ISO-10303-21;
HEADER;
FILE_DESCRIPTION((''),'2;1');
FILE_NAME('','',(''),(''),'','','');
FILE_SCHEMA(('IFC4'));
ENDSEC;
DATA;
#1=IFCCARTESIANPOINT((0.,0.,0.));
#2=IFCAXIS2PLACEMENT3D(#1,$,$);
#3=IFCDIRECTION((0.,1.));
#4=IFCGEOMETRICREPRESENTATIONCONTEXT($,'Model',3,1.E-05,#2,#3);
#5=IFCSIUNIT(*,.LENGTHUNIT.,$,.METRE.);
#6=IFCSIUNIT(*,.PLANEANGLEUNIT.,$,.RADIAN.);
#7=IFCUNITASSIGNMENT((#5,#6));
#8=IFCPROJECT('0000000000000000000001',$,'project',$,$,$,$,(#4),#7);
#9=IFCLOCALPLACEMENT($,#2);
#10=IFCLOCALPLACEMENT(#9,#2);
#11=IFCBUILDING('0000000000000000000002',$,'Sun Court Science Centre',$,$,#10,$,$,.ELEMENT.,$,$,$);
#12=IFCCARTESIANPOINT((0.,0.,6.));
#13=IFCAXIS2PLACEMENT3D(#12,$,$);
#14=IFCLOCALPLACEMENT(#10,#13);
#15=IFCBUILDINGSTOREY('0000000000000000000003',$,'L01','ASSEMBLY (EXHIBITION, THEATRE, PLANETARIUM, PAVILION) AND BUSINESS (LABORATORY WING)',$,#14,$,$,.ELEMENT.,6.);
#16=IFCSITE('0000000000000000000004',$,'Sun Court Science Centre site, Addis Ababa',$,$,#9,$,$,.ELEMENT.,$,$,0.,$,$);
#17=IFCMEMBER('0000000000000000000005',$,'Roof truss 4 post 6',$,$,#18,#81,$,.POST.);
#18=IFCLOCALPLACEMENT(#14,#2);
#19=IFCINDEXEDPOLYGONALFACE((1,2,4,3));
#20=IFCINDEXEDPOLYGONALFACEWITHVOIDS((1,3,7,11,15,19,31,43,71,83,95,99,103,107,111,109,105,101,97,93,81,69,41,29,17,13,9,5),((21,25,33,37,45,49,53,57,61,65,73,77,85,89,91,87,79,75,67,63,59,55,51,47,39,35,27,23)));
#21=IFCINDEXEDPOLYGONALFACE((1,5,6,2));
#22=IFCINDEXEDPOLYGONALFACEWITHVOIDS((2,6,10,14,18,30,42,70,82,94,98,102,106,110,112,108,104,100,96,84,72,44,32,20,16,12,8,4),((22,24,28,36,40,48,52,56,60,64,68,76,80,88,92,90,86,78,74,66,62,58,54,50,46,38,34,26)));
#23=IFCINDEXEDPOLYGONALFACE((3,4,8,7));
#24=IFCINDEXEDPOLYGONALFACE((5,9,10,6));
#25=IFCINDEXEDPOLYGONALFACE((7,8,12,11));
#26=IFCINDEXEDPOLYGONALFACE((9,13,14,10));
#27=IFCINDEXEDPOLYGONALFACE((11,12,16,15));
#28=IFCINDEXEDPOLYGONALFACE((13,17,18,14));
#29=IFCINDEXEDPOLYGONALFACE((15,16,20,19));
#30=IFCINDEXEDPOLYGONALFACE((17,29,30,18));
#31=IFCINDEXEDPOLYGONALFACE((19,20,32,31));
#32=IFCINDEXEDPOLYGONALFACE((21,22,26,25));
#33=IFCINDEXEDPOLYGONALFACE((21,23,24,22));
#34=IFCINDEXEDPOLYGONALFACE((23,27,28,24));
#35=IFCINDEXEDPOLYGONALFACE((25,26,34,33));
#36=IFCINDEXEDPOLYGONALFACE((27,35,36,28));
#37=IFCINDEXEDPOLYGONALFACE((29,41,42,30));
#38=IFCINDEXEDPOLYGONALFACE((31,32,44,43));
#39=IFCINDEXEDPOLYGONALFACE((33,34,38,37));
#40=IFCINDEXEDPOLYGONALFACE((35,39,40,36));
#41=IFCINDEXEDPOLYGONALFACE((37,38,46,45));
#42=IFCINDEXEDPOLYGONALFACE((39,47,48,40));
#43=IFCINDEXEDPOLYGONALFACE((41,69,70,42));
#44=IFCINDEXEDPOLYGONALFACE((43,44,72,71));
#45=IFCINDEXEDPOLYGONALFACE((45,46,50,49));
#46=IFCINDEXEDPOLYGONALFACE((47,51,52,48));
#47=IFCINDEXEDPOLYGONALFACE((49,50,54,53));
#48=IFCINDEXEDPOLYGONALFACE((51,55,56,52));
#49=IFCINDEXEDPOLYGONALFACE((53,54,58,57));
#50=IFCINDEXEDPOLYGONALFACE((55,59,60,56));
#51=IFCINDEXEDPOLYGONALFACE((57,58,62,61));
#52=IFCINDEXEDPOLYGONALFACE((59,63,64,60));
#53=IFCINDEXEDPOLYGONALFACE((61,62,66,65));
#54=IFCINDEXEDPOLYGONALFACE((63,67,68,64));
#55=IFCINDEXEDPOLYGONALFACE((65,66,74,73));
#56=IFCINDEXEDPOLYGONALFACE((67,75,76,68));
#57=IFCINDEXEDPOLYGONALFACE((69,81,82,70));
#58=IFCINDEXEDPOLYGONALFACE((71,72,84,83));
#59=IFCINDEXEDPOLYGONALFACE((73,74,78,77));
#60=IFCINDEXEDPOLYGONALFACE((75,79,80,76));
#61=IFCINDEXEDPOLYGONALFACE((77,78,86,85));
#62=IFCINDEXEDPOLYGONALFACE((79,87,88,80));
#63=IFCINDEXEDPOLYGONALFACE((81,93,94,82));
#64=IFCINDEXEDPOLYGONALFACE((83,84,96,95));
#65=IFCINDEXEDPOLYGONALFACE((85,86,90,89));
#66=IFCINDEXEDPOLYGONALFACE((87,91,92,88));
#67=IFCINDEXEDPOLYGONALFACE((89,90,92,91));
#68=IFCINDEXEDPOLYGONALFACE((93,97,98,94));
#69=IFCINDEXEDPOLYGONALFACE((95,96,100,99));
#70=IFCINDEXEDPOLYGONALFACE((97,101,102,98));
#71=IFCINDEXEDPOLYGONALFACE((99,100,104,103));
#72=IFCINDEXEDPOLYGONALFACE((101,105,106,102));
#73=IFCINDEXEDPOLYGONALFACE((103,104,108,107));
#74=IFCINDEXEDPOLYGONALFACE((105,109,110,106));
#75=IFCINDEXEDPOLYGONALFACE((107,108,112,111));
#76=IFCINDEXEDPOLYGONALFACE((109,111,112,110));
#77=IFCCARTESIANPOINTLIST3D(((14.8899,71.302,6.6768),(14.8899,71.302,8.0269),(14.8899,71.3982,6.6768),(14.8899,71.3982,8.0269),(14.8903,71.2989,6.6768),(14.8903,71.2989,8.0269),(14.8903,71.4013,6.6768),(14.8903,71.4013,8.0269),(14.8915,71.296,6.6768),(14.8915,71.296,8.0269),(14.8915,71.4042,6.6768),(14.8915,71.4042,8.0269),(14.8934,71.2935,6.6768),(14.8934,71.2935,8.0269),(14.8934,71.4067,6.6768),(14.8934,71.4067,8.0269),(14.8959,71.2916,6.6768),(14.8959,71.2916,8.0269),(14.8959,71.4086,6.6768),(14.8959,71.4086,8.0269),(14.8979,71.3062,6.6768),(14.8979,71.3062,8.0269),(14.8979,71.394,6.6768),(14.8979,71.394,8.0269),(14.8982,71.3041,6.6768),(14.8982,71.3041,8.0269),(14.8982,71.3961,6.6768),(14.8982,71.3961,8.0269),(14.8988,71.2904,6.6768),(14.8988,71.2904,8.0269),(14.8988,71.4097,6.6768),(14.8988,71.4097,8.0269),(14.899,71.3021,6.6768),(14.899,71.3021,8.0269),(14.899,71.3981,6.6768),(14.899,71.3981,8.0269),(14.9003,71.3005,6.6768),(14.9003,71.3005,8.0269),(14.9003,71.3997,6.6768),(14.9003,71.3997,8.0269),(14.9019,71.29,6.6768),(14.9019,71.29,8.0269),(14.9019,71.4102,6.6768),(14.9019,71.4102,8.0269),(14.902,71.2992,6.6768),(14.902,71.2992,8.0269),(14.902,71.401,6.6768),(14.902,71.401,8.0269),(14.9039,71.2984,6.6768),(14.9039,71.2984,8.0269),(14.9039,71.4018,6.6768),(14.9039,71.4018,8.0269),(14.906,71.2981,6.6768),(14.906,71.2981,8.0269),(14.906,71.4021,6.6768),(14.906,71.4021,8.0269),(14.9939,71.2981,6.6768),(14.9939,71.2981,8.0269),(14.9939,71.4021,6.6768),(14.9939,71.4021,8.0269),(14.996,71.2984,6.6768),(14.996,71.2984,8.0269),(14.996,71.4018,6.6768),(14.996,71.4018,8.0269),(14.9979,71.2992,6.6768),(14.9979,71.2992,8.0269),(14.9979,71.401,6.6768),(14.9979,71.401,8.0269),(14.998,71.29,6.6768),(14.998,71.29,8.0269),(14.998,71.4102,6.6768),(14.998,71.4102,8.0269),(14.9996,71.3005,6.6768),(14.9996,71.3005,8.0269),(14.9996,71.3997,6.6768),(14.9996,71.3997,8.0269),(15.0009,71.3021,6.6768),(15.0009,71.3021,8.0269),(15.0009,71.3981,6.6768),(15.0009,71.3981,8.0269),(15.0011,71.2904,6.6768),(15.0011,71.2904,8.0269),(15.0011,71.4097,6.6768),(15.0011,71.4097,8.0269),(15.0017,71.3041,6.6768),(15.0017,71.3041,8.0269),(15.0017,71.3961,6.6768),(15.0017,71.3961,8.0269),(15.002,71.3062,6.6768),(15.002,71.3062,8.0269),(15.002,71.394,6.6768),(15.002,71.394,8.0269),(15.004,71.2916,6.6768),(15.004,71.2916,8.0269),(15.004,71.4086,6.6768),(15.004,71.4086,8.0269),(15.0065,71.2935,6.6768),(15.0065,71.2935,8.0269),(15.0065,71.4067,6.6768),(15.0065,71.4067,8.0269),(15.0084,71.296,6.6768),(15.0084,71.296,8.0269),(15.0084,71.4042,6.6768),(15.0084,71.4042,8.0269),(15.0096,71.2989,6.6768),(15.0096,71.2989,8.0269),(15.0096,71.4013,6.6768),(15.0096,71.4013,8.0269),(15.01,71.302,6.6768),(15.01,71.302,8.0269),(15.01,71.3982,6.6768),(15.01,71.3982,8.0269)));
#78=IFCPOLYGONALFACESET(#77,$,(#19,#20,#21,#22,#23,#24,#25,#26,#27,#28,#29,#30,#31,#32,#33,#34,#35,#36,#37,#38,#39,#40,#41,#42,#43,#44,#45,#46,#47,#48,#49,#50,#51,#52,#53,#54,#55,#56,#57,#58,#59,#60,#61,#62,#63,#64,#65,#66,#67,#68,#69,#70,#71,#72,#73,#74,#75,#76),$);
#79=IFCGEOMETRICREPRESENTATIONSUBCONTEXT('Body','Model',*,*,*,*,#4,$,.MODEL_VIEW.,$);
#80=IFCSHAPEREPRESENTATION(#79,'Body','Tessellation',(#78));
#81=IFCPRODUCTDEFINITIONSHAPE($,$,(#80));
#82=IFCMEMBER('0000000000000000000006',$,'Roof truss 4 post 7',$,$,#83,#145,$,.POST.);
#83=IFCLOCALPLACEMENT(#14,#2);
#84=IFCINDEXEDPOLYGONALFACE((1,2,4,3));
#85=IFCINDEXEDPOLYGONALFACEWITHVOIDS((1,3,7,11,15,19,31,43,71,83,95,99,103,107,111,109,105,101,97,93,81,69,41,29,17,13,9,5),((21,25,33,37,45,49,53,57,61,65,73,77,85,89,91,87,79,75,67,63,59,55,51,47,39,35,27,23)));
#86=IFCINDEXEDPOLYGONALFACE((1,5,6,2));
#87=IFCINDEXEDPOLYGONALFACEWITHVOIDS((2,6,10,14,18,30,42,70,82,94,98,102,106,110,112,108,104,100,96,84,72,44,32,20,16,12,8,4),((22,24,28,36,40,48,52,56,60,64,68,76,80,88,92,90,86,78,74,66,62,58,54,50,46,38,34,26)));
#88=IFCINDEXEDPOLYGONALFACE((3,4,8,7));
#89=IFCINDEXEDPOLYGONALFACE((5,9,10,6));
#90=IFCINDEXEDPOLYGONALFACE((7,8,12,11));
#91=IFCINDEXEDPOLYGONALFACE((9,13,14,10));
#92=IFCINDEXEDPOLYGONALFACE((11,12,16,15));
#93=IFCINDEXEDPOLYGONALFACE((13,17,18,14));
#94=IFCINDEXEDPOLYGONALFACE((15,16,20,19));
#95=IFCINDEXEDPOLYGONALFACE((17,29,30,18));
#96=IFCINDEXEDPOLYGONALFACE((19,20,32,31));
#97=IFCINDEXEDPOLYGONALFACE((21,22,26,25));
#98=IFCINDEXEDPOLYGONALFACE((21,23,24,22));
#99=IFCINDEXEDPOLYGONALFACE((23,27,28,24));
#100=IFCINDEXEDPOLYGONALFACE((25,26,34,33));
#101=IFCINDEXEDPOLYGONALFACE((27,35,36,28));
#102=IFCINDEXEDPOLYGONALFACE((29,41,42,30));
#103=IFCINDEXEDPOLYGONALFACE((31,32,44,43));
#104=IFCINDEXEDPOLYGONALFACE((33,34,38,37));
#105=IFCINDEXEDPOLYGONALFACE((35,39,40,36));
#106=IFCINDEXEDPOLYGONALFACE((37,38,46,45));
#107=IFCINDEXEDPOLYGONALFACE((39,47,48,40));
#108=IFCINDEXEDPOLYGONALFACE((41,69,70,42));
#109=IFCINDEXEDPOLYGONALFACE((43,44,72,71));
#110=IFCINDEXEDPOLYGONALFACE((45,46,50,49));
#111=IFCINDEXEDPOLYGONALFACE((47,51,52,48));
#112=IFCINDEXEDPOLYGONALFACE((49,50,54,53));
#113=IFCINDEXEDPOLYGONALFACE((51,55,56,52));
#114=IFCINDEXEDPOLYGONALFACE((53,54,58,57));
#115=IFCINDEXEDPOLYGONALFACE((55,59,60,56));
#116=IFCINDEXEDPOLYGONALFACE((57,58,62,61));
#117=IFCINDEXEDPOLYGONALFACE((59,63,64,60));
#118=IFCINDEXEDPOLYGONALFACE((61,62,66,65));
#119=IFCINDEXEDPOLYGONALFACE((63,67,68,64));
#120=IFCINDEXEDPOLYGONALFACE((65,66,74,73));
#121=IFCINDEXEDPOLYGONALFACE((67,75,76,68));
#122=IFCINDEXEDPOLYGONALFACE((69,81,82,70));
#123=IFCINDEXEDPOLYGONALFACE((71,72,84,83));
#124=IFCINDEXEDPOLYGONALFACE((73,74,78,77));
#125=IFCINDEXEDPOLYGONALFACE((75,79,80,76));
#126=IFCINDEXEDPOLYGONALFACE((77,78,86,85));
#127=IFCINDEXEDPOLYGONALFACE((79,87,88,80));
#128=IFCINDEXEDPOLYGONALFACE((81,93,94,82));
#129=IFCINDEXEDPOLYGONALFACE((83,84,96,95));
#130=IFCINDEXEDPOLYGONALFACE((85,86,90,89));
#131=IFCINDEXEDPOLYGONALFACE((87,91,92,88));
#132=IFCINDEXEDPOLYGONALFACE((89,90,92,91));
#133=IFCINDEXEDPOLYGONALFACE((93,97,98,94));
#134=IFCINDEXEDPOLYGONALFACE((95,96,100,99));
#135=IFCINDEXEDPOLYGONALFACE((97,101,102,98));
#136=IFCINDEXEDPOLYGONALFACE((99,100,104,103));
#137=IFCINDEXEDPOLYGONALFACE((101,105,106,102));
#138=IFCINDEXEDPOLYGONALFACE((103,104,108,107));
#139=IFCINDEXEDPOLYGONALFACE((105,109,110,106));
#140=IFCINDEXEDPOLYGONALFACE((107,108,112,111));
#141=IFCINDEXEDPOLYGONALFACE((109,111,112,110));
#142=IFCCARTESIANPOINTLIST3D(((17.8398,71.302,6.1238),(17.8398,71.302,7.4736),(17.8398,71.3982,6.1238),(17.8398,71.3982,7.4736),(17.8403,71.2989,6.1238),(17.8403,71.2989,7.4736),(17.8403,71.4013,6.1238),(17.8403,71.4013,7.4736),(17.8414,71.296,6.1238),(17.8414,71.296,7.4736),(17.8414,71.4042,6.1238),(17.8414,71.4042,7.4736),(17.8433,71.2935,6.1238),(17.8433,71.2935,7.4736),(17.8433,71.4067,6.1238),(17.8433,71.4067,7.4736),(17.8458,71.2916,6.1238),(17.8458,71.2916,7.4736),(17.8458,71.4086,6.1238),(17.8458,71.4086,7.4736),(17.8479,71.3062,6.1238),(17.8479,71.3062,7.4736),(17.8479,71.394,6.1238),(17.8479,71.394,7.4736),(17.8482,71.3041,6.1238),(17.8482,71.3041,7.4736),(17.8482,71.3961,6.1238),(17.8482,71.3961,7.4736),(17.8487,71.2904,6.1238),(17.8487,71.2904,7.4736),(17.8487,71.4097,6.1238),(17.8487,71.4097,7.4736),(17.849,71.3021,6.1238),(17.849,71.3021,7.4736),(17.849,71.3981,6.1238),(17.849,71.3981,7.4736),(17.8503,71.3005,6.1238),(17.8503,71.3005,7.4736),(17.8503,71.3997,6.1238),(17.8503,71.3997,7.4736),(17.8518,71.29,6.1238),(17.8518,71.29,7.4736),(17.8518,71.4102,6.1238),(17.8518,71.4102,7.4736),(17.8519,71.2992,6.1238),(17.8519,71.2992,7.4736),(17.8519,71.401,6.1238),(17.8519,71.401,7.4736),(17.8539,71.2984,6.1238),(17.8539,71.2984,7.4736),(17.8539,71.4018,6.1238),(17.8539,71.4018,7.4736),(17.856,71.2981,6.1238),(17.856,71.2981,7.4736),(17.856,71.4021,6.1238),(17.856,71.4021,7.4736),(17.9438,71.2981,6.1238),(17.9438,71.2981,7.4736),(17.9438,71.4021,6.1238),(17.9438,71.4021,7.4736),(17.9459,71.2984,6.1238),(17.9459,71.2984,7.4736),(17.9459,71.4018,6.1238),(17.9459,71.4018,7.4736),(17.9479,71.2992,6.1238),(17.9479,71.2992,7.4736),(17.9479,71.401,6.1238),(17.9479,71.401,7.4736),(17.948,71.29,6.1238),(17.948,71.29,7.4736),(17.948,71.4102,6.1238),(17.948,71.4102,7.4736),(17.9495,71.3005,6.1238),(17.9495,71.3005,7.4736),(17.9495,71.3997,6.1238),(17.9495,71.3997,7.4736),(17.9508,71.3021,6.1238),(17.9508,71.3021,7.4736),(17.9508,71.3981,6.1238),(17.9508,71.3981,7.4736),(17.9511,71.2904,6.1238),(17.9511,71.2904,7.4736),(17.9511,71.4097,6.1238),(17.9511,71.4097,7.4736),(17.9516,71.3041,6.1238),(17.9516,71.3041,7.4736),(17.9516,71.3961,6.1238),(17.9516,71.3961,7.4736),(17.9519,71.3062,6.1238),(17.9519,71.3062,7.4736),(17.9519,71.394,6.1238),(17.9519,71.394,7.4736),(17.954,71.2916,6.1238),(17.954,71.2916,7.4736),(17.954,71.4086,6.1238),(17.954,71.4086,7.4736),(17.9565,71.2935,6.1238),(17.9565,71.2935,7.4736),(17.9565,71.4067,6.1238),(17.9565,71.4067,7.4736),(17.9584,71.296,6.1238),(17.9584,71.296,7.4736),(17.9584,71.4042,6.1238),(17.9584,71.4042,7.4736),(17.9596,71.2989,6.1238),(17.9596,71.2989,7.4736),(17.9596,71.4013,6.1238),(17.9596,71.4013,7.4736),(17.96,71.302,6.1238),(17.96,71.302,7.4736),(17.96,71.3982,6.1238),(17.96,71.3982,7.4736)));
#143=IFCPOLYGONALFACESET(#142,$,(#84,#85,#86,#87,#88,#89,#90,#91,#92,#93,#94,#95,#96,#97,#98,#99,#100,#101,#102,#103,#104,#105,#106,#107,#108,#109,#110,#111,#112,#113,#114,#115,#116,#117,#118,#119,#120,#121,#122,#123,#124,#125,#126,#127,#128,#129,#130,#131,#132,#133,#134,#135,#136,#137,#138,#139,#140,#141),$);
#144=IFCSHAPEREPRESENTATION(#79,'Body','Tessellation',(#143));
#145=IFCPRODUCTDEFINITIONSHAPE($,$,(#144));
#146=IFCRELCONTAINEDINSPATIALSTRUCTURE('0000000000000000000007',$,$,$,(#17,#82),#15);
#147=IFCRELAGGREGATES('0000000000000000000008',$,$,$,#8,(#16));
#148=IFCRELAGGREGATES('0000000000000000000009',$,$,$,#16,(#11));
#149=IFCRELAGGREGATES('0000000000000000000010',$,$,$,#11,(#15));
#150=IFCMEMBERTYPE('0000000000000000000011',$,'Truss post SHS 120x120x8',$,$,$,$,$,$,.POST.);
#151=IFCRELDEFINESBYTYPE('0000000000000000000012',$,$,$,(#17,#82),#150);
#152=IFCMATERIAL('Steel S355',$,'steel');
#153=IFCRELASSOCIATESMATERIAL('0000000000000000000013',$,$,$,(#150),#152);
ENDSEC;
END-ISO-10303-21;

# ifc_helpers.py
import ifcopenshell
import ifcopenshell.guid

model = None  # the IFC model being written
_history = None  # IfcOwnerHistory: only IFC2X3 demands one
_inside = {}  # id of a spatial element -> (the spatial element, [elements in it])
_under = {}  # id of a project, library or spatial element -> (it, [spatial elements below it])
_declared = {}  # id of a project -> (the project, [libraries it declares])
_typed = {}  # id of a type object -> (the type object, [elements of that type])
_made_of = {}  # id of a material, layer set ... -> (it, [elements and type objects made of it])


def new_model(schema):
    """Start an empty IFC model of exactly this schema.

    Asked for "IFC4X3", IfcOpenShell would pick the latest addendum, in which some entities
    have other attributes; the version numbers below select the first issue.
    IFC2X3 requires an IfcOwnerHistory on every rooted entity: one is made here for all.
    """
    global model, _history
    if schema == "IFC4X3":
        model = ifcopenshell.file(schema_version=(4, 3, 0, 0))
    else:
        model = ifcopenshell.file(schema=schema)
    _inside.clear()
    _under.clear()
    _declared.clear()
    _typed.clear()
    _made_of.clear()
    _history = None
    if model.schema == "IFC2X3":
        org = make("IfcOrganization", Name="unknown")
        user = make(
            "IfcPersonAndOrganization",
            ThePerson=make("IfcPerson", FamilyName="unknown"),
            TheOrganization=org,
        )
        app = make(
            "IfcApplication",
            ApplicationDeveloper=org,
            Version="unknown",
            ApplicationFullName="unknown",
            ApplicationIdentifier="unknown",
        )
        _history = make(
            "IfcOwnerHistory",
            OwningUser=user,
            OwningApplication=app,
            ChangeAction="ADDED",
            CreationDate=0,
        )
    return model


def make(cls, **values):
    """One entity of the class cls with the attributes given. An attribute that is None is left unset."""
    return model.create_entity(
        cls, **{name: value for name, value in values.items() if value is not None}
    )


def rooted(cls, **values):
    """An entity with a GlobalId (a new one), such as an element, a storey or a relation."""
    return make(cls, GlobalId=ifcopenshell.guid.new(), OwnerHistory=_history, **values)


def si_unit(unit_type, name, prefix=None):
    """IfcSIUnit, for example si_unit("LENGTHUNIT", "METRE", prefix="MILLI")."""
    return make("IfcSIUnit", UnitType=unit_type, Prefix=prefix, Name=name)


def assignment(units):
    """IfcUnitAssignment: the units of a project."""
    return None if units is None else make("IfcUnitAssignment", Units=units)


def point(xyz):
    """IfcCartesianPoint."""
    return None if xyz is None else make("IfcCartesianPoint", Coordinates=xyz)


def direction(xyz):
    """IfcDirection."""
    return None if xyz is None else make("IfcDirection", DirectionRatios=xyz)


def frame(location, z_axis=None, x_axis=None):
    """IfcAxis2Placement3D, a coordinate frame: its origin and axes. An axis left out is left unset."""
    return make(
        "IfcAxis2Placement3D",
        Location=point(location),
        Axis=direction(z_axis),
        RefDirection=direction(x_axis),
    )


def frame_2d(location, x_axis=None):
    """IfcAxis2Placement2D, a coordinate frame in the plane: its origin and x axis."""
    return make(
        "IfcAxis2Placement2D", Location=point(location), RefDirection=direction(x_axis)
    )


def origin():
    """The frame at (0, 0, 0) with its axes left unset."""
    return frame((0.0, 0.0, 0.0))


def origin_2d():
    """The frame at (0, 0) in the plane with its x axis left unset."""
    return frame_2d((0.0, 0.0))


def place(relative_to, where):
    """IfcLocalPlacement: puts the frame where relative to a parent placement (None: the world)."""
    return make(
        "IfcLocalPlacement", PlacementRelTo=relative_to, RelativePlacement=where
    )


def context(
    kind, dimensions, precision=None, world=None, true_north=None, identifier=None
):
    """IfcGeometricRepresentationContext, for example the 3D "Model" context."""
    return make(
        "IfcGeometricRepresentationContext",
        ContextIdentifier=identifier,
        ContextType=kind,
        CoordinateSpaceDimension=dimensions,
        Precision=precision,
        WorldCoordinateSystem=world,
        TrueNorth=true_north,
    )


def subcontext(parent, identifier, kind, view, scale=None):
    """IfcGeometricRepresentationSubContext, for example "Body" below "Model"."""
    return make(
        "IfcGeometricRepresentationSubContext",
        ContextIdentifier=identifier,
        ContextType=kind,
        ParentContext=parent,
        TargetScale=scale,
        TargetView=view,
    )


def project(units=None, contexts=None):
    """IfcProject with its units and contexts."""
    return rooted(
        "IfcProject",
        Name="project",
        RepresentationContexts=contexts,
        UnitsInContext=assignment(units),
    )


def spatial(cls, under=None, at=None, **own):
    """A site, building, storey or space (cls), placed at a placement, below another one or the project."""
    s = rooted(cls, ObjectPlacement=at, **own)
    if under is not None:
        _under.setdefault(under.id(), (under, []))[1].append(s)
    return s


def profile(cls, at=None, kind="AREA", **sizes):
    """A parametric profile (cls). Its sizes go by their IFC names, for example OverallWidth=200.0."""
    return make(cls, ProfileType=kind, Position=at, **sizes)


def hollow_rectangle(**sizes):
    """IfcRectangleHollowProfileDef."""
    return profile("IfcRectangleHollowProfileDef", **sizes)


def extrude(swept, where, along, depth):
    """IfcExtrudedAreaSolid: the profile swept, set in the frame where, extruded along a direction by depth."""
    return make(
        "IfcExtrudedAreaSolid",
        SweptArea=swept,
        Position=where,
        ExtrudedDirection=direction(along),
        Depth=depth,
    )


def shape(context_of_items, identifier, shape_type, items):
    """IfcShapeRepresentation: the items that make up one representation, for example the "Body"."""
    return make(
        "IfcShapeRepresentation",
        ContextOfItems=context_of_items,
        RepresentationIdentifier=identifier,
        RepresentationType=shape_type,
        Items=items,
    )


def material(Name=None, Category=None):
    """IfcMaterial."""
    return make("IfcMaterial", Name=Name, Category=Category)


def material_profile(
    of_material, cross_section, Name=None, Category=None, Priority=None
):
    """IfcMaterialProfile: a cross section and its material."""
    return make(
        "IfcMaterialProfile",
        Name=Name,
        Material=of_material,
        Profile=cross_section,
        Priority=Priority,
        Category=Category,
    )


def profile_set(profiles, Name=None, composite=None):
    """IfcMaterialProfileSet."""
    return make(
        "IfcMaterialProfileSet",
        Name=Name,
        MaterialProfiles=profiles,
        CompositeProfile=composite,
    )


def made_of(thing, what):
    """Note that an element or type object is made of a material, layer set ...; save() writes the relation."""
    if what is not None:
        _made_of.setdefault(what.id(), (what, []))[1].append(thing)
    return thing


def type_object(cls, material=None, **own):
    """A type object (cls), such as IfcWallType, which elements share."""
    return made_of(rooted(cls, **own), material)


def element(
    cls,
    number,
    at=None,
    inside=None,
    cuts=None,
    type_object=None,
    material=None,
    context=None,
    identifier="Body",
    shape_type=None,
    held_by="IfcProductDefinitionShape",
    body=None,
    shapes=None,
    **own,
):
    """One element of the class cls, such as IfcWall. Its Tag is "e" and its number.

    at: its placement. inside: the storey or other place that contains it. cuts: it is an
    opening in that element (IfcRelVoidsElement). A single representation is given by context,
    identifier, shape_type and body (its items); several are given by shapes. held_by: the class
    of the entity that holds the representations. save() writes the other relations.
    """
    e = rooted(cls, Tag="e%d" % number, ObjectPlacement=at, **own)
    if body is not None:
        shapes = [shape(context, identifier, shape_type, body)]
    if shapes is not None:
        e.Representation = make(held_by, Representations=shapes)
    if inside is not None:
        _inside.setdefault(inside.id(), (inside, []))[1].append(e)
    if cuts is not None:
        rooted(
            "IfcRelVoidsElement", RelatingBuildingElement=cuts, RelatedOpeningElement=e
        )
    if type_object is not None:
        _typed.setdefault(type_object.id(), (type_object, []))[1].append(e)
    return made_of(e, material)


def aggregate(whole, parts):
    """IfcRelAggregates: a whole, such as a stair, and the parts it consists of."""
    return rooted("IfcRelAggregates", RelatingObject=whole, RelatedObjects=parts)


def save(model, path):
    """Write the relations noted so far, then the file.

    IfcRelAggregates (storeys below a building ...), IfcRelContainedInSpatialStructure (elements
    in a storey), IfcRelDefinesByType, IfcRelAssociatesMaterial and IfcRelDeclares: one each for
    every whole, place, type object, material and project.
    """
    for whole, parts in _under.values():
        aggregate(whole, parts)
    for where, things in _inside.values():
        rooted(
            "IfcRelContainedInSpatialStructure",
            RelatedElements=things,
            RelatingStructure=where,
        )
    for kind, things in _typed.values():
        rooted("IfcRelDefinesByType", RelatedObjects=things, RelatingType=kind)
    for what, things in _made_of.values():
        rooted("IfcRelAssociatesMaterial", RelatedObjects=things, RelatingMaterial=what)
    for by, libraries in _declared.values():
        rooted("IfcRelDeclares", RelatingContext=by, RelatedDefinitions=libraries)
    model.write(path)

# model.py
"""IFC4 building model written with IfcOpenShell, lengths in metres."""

from ifc_helpers import new_model, si_unit, direction, frame, origin, origin_2d, place, context, subcontext, project, spatial, hollow_rectangle, extrude, material, material_profile, profile_set, type_object, element, save


model = new_model("IFC4")

# Units and contexts
model_context = context("Model", 3, precision=1e-05, world=origin(), true_north=direction((0.0, 1.0)))
body_context = subcontext(model_context, "Body", "Model", "MODEL_VIEW")
ifc_project = project(units=[si_unit("LENGTHUNIT", "METRE"), si_unit("PLANEANGLEUNIT", "RADIAN")], contexts=[model_context])

# Site, building, storey
site_placement = place(None, origin())
site = spatial("IfcSite", under=ifc_project, at=site_placement, Name="Sun Court Science Centre site, Addis Ababa", CompositionType="ELEMENT", RefElevation=0.0)
building_placement = place(site_placement, origin())
building = spatial("IfcBuilding", under=site, at=building_placement, Name="Sun Court Science Centre", CompositionType="ELEMENT")
storey_placement = place(building_placement, frame((0.0, 0.0, 6.0)))
storey = spatial("IfcBuildingStorey", under=building, at=storey_placement, Name="L01", Description="ASSEMBLY (EXHIBITION, THEATRE, PLANETARIUM, PAVILION) AND BUSINESS (LABORATORY WING)", CompositionType="ELEMENT", Elevation=6.0)

# Members
ifc_material_1 = material(Name="Steel S355", Category="steel")
ifc_material_profile_1 = material_profile(ifc_material_1, hollow_rectangle(XDim=0.1201, YDim=0.1201, WallThickness=0.0081, InnerFilletRadius=0.0081, OuterFilletRadius=0.012, at=origin_2d()), Name="SHS 120x120x8")
ifc_profile_set_1 = profile_set([ifc_material_profile_1], Name="Steel S355")
member_type_1 = type_object("IfcMemberType", Name="Truss post SHS 120x120x8", PredefinedType="POST", material=ifc_profile_set_1)
for number, where, z_axis, x_axis, name in (
    (1, (14.95, 71.3501, 6.6768), (0.0, 0.0, 1.0), (1.0, 0.0, 0.0), "Roof truss 4 post 6"),
):
    element("IfcMember", number, at=place(storey_placement, frame(where, z_axis=z_axis, x_axis=x_axis)), inside=storey, type_object=member_type_1, Name=name, PredefinedType="POST", context=body_context, shape_type="SweptSolid", body=[
        extrude(hollow_rectangle(XDim=0.1201, YDim=0.1201, WallThickness=0.0081, InnerFilletRadius=0.0081, OuterFilletRadius=0.012, at=origin_2d()), origin(), (0.0, 0.0, 1.0), 1.3501),
    ])
member_1_placement = place(storey_placement, frame((17.8999, 71.3501, 6.1238), z_axis=(0.0, 0.0, 1.0), x_axis=(1.0, 0.0, 0.0)))
element("IfcMember", 2, at=member_1_placement, inside=storey, type_object=member_type_1, Name="Roof truss 4 post 7", PredefinedType="POST", context=body_context, shape_type="SweptSolid", body=[
    extrude(hollow_rectangle(XDim=0.1201, YDim=0.1201, WallThickness=0.0081, InnerFilletRadius=0.0081, OuterFilletRadius=0.012, at=origin_2d()), origin(), (0.0, 0.0, 1.0), 1.3499),
])

save(model, "model.ifc")
